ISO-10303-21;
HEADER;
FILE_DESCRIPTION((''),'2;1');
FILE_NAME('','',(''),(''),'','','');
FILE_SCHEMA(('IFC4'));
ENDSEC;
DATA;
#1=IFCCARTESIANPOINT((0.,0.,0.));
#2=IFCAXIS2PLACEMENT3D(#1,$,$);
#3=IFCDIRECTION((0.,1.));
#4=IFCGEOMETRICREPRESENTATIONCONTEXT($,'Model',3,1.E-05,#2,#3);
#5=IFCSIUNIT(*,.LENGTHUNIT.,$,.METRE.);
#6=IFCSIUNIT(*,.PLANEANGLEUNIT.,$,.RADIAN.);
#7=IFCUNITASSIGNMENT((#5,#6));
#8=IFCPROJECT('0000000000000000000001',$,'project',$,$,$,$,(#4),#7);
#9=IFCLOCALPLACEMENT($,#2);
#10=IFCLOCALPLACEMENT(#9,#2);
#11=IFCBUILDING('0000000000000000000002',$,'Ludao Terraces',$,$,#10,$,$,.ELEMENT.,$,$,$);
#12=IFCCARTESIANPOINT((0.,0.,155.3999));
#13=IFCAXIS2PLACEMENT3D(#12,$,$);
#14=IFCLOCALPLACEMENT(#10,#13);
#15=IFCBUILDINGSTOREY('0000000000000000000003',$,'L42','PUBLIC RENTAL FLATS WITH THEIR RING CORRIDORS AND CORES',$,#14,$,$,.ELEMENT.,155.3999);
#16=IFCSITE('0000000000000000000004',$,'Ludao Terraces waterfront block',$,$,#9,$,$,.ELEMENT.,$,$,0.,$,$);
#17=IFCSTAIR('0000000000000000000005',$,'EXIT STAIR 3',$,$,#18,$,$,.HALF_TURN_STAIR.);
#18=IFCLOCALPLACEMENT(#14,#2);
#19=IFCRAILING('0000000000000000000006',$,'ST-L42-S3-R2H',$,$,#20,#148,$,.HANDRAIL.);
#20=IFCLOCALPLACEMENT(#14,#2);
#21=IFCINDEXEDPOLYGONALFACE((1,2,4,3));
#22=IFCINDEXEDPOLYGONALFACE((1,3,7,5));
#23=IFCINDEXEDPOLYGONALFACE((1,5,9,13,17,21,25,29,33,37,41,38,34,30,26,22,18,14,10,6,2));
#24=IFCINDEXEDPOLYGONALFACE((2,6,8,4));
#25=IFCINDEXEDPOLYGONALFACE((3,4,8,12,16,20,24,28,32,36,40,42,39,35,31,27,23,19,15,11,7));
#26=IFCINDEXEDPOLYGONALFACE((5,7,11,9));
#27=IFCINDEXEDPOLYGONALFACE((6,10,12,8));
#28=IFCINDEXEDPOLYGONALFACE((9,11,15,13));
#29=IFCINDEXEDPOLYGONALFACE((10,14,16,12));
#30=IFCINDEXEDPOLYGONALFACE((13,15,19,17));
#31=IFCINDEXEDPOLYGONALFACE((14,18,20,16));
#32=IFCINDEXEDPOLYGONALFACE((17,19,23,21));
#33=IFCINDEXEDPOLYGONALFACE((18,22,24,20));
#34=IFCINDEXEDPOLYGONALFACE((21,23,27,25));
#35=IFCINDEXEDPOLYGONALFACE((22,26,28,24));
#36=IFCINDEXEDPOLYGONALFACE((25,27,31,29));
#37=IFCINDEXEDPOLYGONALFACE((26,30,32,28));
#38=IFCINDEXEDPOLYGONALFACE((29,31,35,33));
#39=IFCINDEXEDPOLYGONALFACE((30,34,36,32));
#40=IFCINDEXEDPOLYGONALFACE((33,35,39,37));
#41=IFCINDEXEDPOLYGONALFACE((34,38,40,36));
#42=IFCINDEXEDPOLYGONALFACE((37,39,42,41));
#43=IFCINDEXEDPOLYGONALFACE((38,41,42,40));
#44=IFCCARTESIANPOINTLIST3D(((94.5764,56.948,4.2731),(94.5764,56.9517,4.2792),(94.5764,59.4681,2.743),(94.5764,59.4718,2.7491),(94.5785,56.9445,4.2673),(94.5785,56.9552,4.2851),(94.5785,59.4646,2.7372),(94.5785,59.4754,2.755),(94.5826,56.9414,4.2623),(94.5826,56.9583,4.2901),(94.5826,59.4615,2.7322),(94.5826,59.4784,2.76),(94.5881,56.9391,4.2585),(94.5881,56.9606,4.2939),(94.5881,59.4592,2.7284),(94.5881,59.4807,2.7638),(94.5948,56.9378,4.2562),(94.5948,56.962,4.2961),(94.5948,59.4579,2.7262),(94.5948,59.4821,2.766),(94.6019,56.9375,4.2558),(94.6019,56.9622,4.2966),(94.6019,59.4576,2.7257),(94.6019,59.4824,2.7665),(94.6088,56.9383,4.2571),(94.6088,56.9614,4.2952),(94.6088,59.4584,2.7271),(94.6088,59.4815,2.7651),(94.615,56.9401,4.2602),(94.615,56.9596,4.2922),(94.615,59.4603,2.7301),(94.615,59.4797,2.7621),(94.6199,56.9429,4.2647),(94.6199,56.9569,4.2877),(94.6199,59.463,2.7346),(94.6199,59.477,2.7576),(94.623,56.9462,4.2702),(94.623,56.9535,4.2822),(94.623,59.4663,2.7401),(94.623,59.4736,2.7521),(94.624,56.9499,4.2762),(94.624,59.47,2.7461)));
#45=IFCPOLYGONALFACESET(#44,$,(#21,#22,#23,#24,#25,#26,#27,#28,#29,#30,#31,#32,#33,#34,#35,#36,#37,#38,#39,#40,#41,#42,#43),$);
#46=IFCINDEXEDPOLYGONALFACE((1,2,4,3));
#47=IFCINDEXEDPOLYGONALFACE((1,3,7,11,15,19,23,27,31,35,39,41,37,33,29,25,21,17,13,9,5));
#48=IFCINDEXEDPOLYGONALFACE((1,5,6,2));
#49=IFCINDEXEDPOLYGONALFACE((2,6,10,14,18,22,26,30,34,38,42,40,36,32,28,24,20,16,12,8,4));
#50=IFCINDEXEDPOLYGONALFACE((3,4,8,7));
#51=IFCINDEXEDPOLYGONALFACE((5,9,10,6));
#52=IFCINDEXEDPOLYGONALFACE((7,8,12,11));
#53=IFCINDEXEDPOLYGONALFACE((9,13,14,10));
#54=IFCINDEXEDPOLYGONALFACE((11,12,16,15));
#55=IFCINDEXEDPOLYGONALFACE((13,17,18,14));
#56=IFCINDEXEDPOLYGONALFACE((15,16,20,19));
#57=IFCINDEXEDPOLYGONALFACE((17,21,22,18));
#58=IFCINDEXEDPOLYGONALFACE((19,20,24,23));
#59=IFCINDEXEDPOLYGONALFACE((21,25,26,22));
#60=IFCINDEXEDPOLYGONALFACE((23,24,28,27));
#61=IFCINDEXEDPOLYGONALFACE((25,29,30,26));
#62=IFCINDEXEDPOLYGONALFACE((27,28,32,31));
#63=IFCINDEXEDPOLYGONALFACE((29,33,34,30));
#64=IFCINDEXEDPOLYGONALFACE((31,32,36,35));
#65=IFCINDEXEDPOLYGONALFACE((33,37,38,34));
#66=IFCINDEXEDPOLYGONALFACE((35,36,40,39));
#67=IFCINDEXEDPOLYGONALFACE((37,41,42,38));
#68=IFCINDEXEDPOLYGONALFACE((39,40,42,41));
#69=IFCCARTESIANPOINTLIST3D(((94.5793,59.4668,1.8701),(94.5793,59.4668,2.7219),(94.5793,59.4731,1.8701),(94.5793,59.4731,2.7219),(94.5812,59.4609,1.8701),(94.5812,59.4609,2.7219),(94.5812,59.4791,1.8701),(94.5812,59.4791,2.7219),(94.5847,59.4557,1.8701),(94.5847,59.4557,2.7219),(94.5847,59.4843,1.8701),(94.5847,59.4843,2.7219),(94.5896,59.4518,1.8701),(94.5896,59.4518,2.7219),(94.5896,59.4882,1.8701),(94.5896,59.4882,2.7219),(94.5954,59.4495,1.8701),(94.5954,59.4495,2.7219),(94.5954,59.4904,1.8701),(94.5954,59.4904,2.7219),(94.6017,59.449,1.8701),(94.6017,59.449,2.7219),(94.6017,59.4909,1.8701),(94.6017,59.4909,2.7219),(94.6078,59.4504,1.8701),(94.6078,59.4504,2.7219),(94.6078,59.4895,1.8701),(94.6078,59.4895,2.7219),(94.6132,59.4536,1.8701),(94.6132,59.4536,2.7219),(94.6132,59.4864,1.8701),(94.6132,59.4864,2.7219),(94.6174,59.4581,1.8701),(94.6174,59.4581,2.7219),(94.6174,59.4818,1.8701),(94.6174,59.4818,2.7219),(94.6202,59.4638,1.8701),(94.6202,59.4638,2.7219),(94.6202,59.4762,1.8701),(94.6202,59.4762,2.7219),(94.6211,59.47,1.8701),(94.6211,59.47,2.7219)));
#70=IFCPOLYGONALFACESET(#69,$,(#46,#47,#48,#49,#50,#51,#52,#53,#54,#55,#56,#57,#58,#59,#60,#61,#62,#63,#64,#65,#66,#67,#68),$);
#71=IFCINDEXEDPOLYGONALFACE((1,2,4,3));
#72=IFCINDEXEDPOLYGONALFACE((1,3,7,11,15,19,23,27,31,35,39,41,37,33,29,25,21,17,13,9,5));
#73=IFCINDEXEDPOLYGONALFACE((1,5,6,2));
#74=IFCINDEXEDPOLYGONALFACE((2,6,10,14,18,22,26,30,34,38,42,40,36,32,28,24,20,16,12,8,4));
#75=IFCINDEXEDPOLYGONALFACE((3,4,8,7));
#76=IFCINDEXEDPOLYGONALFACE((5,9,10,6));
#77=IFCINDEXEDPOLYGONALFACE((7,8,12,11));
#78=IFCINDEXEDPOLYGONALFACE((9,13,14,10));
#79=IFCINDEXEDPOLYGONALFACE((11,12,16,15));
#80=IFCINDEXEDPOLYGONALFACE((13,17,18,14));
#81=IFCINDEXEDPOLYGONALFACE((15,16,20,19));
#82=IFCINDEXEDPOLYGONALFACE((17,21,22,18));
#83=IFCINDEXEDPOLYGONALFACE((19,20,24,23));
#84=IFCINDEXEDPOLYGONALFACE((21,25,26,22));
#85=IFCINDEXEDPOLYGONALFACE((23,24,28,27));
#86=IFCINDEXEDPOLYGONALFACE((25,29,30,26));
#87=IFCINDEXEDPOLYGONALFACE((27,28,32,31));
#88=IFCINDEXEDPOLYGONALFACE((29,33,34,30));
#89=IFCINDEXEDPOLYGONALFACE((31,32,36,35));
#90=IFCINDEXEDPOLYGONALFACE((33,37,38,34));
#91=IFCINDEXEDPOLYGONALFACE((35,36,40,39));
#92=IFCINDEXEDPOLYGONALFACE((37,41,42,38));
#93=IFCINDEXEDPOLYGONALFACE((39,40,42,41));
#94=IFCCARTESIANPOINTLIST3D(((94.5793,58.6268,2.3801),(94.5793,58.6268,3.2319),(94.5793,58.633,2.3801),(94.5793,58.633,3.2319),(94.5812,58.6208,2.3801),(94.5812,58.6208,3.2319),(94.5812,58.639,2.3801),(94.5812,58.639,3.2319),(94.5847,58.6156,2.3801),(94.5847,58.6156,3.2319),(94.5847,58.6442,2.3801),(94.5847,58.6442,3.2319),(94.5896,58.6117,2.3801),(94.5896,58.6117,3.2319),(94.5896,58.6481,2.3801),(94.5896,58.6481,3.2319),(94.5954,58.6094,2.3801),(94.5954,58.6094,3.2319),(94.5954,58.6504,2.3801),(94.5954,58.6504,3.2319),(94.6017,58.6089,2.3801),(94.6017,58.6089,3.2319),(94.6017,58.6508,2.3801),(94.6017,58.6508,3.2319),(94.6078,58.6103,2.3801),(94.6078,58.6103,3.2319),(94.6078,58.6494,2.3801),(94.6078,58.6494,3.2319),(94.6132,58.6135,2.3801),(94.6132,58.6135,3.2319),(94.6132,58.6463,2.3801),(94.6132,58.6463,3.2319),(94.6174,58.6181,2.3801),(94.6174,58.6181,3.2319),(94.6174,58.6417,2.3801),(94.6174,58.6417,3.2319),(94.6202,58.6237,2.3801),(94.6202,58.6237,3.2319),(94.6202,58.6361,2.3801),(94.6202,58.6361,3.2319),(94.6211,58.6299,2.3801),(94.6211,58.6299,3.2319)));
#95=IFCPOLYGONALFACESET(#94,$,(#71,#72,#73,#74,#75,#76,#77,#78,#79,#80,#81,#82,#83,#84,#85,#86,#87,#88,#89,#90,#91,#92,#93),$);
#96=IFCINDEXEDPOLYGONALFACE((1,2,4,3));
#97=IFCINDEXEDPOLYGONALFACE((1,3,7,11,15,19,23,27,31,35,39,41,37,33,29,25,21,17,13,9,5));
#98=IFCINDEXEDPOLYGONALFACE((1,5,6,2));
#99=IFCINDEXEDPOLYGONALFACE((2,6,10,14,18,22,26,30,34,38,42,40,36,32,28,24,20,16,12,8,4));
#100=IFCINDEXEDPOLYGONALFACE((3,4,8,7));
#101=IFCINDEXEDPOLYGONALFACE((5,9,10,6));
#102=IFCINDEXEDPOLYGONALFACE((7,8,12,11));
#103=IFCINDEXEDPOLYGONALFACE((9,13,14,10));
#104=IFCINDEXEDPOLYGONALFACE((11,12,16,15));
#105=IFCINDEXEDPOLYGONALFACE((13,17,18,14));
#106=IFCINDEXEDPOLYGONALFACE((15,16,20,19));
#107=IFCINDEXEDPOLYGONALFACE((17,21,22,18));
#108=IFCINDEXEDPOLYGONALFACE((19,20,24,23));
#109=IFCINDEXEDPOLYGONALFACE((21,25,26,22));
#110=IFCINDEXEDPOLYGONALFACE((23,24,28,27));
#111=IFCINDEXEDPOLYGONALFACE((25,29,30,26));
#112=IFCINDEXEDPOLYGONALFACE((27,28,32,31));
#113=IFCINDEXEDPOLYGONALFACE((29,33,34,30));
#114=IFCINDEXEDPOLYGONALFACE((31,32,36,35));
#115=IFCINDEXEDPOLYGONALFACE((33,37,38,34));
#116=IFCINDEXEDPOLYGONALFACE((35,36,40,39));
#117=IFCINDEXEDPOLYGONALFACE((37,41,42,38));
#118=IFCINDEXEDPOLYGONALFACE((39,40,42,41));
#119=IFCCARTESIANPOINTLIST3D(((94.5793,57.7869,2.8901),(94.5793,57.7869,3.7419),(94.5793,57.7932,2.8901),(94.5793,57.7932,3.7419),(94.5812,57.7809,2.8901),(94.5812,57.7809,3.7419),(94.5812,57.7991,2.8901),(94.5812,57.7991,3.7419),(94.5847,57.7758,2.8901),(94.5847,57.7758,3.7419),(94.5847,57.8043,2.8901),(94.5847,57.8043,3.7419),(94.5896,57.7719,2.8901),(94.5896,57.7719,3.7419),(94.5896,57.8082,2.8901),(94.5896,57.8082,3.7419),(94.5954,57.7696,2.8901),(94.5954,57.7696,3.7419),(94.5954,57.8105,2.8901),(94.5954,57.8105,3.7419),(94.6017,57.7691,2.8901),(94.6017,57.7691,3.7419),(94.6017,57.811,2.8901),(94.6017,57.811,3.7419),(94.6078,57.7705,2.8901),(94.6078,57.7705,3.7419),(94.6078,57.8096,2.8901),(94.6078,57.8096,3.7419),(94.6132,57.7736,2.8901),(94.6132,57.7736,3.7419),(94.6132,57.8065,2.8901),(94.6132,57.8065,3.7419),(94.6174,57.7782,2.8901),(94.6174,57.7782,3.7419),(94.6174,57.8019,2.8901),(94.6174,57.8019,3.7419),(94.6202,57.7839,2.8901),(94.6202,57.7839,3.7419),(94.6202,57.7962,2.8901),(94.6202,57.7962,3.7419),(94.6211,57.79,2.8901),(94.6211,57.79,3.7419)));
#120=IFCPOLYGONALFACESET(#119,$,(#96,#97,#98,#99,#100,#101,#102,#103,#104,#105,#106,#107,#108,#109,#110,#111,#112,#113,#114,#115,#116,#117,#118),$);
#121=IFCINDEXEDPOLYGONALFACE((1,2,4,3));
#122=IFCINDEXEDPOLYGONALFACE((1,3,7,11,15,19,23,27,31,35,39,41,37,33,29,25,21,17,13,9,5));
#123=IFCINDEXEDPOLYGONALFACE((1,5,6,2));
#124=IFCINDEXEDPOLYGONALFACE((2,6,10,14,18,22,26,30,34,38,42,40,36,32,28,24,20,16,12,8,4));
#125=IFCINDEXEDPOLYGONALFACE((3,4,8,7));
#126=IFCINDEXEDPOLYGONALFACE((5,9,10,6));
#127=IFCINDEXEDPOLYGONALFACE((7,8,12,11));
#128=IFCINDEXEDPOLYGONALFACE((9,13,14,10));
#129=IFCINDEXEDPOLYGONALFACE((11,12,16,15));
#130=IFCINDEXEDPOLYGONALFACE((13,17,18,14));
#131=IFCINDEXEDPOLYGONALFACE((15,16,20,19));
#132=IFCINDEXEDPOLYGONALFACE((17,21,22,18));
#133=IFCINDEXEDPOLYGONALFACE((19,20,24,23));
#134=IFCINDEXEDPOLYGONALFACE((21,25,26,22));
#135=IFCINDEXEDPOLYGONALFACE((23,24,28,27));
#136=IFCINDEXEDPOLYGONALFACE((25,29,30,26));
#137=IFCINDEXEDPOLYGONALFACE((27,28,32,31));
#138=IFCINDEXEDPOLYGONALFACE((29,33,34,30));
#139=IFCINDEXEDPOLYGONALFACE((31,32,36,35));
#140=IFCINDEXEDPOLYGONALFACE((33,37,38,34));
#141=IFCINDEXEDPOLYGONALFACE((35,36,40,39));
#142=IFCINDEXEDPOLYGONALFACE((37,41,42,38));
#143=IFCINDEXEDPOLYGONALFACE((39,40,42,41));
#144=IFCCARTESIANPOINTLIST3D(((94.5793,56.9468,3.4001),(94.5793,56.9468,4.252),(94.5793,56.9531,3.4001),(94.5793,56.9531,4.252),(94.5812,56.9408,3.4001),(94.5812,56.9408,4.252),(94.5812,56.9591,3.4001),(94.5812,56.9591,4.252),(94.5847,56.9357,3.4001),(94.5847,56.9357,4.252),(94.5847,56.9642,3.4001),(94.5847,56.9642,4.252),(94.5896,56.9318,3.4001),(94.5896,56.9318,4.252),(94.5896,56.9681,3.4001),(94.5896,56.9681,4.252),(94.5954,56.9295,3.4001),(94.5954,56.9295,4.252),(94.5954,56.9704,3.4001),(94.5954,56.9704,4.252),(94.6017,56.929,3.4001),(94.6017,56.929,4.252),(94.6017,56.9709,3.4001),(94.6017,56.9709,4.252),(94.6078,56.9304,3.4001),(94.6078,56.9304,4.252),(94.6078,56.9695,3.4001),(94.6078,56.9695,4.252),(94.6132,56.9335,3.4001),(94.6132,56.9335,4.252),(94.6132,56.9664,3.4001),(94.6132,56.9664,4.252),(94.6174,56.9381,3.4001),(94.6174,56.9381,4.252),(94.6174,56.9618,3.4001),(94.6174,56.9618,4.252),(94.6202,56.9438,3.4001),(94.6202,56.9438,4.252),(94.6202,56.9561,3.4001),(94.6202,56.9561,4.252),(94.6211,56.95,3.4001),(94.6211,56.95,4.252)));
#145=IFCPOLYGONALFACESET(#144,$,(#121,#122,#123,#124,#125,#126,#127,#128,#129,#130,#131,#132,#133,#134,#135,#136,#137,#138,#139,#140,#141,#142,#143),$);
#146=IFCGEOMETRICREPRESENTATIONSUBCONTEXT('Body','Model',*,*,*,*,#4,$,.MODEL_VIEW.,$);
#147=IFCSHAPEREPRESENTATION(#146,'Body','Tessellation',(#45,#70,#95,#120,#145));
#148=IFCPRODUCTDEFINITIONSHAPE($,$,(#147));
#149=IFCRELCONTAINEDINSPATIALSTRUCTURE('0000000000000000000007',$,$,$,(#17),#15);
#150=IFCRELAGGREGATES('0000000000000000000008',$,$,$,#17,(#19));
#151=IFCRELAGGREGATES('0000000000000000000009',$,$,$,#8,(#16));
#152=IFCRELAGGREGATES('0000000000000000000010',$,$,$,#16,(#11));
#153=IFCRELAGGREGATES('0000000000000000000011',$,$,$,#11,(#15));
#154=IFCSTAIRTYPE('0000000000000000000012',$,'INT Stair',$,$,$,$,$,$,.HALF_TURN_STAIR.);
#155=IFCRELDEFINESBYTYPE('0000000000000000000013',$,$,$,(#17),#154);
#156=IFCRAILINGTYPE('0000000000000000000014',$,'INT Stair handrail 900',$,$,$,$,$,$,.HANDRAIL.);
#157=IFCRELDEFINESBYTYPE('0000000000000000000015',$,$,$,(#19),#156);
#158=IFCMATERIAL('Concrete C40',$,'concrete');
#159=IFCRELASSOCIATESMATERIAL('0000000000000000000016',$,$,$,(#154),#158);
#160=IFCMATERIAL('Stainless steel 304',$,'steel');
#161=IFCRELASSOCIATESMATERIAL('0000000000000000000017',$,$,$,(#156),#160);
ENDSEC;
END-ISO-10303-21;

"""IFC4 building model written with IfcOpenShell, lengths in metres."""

from ifc_helpers import new_model, si_unit, direction, frame, origin, origin_2d, place, context, subcontext, project, spatial, circle, extrude, material, type_object, element, aggregate, save


model = new_model("IFC4")

# Units and contexts
model_context = context("Model", 3, precision=1e-05, world=origin(), true_north=direction((0.0, 1.0)))
body_context = subcontext(model_context, "Body", "Model", "MODEL_VIEW")
ifc_project = project(units=[si_unit("LENGTHUNIT", "METRE"), si_unit("PLANEANGLEUNIT", "RADIAN")], contexts=[model_context])

# Site, building, storey
site_placement = place(None, origin())
site = spatial("IfcSite", under=ifc_project, at=site_placement, Name="Ludao Terraces waterfront block", CompositionType="ELEMENT", RefElevation=0.0)
building_placement = place(site_placement, origin())
building = spatial("IfcBuilding", under=site, at=building_placement, Name="Ludao Terraces", CompositionType="ELEMENT")
storey_placement = place(building_placement, frame((0.0, 0.0, 155.3999)))
storey = spatial("IfcBuildingStorey", under=building, at=storey_placement, Name="L42", Description="PUBLIC RENTAL FLATS WITH THEIR RING CORRIDORS AND CORES", CompositionType="ELEMENT", Elevation=155.3999)

# Shared definitions
ifc_material_1 = material(Name="Concrete C40", Category="concrete")

# Stair, railing
stair_type = type_object("IfcStairType", Name="INT Stair", PredefinedType="HALF_TURN_STAIR", material=ifc_material_1)
stair_placement = place(storey_placement, origin())
stair = element("IfcStair", 1, at=stair_placement, inside=storey, type_object=stair_type, Name="EXIT STAIR 3", PredefinedType="HALF_TURN_STAIR")
ifc_material_2 = material(Name="Stainless steel 304", Category="steel")
railing_type_1 = type_object("IfcRailingType", Name="INT Stair handrail 900", PredefinedType="HANDRAIL", material=ifc_material_2)
railing_1_placement = place(storey_placement, frame((94.6001, 59.47, 1.8701)))
railing_1 = element("IfcRailing", 2, at=railing_1_placement, type_object=railing_type_1, Name="ST-L42-S3-R2H", PredefinedType="HANDRAIL", context=body_context, shape_type="SweptSolid", body=[
    extrude(circle(Radius=0.0239, at=origin_2d()), frame((0.0, 0.0, 0.876), z_axis=(0.0, -0.854785, 0.518982), x_axis=(1.0, 0.0, 0.0)), (0.0, 0.0, 1.0), 2.9482),
    extrude(circle(Radius=0.021, at=origin_2d()), origin(), (0.0, 0.0, 1.0), 0.8518),
    extrude(circle(Radius=0.021, at=origin_2d()), frame((0.0, -0.8401, 0.51)), (0.0, 0.0, 1.0), 0.8518),
    extrude(circle(Radius=0.021, at=origin_2d()), frame((0.0, -1.6799, 1.02)), (0.0, 0.0, 1.0), 0.8518),
    extrude(circle(Radius=0.021, at=origin_2d()), frame((0.0, -2.52, 1.53)), (0.0, 0.0, 1.0), 0.8518),
])
aggregate(stair, [railing_1])

save(model, "model.ifc")
